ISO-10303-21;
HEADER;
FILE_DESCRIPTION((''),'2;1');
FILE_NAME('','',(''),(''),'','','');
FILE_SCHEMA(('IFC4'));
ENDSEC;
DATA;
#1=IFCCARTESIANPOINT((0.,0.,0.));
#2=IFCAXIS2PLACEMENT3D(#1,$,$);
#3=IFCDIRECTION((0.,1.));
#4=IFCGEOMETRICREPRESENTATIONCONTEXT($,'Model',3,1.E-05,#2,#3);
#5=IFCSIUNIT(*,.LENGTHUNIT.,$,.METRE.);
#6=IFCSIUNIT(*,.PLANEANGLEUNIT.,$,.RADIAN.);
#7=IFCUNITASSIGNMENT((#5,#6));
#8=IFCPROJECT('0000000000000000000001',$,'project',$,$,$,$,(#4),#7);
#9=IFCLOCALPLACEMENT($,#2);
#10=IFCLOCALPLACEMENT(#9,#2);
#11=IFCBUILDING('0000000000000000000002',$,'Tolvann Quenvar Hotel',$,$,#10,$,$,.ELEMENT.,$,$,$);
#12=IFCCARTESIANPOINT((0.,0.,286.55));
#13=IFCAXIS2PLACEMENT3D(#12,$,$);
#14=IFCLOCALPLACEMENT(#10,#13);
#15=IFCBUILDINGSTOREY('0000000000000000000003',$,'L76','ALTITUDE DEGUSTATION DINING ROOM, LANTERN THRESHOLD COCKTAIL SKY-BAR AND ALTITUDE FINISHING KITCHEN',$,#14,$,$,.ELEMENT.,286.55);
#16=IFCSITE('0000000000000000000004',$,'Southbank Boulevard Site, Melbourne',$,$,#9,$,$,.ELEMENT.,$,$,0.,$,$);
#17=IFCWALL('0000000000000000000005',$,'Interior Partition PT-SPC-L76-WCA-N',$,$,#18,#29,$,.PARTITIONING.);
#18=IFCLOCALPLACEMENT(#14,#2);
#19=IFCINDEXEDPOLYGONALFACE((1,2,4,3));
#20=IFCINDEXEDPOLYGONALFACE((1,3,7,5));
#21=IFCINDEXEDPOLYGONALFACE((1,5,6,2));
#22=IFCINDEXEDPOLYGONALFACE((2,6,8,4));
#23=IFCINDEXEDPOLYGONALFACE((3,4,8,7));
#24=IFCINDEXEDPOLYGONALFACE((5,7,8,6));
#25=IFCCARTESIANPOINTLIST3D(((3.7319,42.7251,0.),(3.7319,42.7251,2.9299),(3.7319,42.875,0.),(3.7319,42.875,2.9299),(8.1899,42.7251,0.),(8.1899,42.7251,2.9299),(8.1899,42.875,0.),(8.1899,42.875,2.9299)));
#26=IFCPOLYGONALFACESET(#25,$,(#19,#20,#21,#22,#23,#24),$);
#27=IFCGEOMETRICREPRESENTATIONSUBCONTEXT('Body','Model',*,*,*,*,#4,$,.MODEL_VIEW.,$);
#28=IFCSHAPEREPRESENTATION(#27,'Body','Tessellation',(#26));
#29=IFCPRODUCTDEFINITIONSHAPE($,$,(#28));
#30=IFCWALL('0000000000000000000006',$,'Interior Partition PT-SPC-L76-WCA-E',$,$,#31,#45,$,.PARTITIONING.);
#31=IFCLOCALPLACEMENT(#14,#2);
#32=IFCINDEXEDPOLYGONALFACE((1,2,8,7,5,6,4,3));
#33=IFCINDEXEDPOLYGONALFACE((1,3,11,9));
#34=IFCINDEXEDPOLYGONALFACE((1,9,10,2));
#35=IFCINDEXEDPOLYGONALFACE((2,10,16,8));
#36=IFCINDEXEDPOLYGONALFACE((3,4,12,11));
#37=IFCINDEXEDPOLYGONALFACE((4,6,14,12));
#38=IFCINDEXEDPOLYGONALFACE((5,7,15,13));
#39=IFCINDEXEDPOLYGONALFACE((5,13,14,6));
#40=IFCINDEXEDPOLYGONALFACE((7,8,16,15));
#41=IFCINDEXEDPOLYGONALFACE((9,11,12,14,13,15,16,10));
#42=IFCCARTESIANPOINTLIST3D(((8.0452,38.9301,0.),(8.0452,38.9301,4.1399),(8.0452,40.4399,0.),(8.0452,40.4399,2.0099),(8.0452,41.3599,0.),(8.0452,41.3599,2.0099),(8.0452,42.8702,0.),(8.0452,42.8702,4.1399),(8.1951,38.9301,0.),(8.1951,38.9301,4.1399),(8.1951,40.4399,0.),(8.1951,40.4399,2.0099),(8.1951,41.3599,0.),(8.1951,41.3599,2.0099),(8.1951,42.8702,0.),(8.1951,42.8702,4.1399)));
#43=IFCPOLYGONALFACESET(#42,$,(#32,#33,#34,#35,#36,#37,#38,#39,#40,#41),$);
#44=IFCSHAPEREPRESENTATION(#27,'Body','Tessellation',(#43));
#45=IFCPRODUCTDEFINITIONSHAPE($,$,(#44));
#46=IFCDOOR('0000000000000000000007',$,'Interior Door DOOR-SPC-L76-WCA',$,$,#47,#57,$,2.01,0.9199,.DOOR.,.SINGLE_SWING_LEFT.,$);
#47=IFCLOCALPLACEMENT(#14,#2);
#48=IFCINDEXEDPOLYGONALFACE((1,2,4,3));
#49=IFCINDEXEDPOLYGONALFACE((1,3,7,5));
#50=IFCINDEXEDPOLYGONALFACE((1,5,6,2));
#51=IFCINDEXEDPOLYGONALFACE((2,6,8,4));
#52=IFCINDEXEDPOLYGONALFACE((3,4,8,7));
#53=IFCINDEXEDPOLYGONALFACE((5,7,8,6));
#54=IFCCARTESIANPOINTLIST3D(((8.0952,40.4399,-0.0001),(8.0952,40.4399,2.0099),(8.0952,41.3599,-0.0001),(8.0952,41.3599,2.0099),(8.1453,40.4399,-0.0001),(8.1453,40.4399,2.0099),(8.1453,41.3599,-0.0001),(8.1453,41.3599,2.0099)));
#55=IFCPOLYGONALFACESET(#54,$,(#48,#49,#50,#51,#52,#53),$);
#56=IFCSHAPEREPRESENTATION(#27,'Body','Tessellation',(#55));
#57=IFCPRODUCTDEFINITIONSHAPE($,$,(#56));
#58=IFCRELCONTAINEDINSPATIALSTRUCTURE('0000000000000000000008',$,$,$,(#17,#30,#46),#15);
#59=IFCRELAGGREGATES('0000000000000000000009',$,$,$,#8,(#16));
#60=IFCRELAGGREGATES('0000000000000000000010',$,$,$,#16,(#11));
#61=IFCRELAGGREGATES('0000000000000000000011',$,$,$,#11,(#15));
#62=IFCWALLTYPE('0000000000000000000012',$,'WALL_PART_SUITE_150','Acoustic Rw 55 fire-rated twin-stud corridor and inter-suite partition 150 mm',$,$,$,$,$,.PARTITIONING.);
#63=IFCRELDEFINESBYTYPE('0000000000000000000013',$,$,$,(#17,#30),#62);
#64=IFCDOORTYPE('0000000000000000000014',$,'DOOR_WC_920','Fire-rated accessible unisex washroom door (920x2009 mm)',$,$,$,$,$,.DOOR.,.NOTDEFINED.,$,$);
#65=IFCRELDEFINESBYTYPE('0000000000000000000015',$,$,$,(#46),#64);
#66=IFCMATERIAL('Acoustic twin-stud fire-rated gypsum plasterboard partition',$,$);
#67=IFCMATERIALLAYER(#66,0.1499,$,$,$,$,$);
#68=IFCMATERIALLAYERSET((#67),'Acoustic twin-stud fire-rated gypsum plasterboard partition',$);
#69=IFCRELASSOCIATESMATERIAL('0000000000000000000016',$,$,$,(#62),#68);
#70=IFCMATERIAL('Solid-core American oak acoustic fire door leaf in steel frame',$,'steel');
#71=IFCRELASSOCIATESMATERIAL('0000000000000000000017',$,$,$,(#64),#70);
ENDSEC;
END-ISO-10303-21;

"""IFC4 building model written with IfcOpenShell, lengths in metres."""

from ifc_helpers import new_model, si_unit, direction, frame, frame_2d, origin, place, context, subcontext, project, spatial, rectangle, extrude, source, transform, mapped, material, layer, layer_set, type_object, type_shapes, element, fill, save


model = new_model("IFC4")

# Units and contexts
model_context = context("Model", 3, precision=1e-05, world=origin(), true_north=direction((0.0, 1.0)))
body_context = subcontext(model_context, "Body", "Model", "MODEL_VIEW")
ifc_project = project(units=[si_unit("LENGTHUNIT", "METRE"), si_unit("PLANEANGLEUNIT", "RADIAN")], contexts=[model_context])

# Site, building, storey
site_placement = place(None, origin())
site = spatial("IfcSite", under=ifc_project, at=site_placement, Name="Southbank Boulevard Site, Melbourne", CompositionType="ELEMENT", RefElevation=0.0)
building_placement = place(site_placement, origin())
building = spatial("IfcBuilding", under=site, at=building_placement, Name="Tolvann Quenvar Hotel", CompositionType="ELEMENT")
storey_placement = place(building_placement, frame((0.0, 0.0, 286.55)))
storey = spatial("IfcBuildingStorey", under=building, at=storey_placement, Name="L76", Description="ALTITUDE DEGUSTATION DINING ROOM, LANTERN THRESHOLD COCKTAIL SKY-BAR AND ALTITUDE FINISHING KITCHEN", CompositionType="ELEMENT", Elevation=286.55)

# Wall
ifc_material_1 = material(Name="Acoustic twin-stud fire-rated gypsum plasterboard partition")
ifc_layer_1 = layer(ifc_material_1, 0.1499)
ifc_layer_set_1 = layer_set([ifc_layer_1], Name="Acoustic twin-stud fire-rated gypsum plasterboard partition")
wall_type_1 = type_object("IfcWallType", Name="WALL_PART_SUITE_150", Description="Acoustic Rw 55 fire-rated twin-stud corridor and inter-suite partition 150 mm", PredefinedType="PARTITIONING", material=ifc_layer_set_1)
wall_1_placement = place(storey_placement, frame((3.7319, 42.8, 0.0), z_axis=(0.0, 0.0, 1.0), x_axis=(1.0, 0.0, 0.0)))
element("IfcWall", 1, at=wall_1_placement, inside=storey, type_object=wall_type_1, Name="Interior Partition PT-SPC-L76-WCA-N", PredefinedType="PARTITIONING", context=body_context, shape_type="SweptSolid", body=[
    extrude(rectangle(XDim=4.458, YDim=0.1499, at=frame_2d((2.229, 0.0))), origin(), (0.0, 0.0, 1.0), 2.9299),
])

# Wall, opening, door
wall_2_placement = place(storey_placement, frame((8.1201, 38.9299, 0.0), z_axis=(0.0, 0.0, 1.0), x_axis=(0.0, 1.0, 0.0)))
wall_2 = element("IfcWall", 2, at=wall_2_placement, inside=storey, type_object=wall_type_1, Name="Interior Partition PT-SPC-L76-WCA-E", PredefinedType="PARTITIONING", context=body_context, shape_type="SweptSolid", body=[
    extrude(rectangle(XDim=3.9402, YDim=0.1499, at=frame_2d((1.9702, 0.0))), origin(), (0.0, 0.0, 1.0), 4.1399),
])
opening_1_placement = place(wall_2_placement, frame((1.51, 0.0, 0.0)))
opening_1 = element("IfcOpeningElement", 3, at=opening_1_placement, cuts=wall_2, PredefinedType="OPENING", context=body_context, shape_type="SweptSolid", body=[
    extrude(rectangle(XDim=0.9199, YDim=2.01, at=frame_2d((0.46, 1.0049))), frame((0.0, 0.085, 0.0), z_axis=(0.0, -1.0, 0.0), x_axis=(1.0, 0.0, 0.0)), (0.0, 0.0, 1.0), 0.1699),
])
ifc_material_2 = material(Name="Solid-core American oak acoustic fire door leaf in steel frame", Category="steel")
door_type = type_object("IfcDoorType", Name="DOOR_WC_920", Description="Fire-rated accessible unisex washroom door (920x2009 mm)", OperationType="NOTDEFINED", PredefinedType="DOOR", material=ifc_material_2)
shared_shape_1 = source(origin(), body_context, "Body", "SweptSolid", [
    extrude(rectangle(XDim=0.9199, YDim=2.01, at=frame_2d((0.46, 1.0049))), frame((0.0, 0.0249, 0.0), z_axis=(0.0, -1.0, 0.0), x_axis=(1.0, 0.0, 0.0)), (0.0, 0.0, 1.0), 0.05),
])
type_shapes(door_type, [shared_shape_1])
door_placement = place(opening_1_placement, origin())
door = element("IfcDoor", 4, at=door_placement, inside=storey, type_object=door_type, Name="Interior Door DOOR-SPC-L76-WCA", OperationType="SINGLE_SWING_LEFT", OverallHeight=2.01, OverallWidth=0.9199, PredefinedType="DOOR", context=body_context, shape_type="MappedRepresentation", body=[
    mapped(shared_shape_1, transform((0.0, 0.0, 0.0), x_axis=(1.0, 0.0, 0.0), y_axis=(0.0, 1.0, 0.0), z_axis=(0.0, 0.0, 1.0), scale=1.0)),
])
fill(opening_1, door)

save(model, "model.ifc")
